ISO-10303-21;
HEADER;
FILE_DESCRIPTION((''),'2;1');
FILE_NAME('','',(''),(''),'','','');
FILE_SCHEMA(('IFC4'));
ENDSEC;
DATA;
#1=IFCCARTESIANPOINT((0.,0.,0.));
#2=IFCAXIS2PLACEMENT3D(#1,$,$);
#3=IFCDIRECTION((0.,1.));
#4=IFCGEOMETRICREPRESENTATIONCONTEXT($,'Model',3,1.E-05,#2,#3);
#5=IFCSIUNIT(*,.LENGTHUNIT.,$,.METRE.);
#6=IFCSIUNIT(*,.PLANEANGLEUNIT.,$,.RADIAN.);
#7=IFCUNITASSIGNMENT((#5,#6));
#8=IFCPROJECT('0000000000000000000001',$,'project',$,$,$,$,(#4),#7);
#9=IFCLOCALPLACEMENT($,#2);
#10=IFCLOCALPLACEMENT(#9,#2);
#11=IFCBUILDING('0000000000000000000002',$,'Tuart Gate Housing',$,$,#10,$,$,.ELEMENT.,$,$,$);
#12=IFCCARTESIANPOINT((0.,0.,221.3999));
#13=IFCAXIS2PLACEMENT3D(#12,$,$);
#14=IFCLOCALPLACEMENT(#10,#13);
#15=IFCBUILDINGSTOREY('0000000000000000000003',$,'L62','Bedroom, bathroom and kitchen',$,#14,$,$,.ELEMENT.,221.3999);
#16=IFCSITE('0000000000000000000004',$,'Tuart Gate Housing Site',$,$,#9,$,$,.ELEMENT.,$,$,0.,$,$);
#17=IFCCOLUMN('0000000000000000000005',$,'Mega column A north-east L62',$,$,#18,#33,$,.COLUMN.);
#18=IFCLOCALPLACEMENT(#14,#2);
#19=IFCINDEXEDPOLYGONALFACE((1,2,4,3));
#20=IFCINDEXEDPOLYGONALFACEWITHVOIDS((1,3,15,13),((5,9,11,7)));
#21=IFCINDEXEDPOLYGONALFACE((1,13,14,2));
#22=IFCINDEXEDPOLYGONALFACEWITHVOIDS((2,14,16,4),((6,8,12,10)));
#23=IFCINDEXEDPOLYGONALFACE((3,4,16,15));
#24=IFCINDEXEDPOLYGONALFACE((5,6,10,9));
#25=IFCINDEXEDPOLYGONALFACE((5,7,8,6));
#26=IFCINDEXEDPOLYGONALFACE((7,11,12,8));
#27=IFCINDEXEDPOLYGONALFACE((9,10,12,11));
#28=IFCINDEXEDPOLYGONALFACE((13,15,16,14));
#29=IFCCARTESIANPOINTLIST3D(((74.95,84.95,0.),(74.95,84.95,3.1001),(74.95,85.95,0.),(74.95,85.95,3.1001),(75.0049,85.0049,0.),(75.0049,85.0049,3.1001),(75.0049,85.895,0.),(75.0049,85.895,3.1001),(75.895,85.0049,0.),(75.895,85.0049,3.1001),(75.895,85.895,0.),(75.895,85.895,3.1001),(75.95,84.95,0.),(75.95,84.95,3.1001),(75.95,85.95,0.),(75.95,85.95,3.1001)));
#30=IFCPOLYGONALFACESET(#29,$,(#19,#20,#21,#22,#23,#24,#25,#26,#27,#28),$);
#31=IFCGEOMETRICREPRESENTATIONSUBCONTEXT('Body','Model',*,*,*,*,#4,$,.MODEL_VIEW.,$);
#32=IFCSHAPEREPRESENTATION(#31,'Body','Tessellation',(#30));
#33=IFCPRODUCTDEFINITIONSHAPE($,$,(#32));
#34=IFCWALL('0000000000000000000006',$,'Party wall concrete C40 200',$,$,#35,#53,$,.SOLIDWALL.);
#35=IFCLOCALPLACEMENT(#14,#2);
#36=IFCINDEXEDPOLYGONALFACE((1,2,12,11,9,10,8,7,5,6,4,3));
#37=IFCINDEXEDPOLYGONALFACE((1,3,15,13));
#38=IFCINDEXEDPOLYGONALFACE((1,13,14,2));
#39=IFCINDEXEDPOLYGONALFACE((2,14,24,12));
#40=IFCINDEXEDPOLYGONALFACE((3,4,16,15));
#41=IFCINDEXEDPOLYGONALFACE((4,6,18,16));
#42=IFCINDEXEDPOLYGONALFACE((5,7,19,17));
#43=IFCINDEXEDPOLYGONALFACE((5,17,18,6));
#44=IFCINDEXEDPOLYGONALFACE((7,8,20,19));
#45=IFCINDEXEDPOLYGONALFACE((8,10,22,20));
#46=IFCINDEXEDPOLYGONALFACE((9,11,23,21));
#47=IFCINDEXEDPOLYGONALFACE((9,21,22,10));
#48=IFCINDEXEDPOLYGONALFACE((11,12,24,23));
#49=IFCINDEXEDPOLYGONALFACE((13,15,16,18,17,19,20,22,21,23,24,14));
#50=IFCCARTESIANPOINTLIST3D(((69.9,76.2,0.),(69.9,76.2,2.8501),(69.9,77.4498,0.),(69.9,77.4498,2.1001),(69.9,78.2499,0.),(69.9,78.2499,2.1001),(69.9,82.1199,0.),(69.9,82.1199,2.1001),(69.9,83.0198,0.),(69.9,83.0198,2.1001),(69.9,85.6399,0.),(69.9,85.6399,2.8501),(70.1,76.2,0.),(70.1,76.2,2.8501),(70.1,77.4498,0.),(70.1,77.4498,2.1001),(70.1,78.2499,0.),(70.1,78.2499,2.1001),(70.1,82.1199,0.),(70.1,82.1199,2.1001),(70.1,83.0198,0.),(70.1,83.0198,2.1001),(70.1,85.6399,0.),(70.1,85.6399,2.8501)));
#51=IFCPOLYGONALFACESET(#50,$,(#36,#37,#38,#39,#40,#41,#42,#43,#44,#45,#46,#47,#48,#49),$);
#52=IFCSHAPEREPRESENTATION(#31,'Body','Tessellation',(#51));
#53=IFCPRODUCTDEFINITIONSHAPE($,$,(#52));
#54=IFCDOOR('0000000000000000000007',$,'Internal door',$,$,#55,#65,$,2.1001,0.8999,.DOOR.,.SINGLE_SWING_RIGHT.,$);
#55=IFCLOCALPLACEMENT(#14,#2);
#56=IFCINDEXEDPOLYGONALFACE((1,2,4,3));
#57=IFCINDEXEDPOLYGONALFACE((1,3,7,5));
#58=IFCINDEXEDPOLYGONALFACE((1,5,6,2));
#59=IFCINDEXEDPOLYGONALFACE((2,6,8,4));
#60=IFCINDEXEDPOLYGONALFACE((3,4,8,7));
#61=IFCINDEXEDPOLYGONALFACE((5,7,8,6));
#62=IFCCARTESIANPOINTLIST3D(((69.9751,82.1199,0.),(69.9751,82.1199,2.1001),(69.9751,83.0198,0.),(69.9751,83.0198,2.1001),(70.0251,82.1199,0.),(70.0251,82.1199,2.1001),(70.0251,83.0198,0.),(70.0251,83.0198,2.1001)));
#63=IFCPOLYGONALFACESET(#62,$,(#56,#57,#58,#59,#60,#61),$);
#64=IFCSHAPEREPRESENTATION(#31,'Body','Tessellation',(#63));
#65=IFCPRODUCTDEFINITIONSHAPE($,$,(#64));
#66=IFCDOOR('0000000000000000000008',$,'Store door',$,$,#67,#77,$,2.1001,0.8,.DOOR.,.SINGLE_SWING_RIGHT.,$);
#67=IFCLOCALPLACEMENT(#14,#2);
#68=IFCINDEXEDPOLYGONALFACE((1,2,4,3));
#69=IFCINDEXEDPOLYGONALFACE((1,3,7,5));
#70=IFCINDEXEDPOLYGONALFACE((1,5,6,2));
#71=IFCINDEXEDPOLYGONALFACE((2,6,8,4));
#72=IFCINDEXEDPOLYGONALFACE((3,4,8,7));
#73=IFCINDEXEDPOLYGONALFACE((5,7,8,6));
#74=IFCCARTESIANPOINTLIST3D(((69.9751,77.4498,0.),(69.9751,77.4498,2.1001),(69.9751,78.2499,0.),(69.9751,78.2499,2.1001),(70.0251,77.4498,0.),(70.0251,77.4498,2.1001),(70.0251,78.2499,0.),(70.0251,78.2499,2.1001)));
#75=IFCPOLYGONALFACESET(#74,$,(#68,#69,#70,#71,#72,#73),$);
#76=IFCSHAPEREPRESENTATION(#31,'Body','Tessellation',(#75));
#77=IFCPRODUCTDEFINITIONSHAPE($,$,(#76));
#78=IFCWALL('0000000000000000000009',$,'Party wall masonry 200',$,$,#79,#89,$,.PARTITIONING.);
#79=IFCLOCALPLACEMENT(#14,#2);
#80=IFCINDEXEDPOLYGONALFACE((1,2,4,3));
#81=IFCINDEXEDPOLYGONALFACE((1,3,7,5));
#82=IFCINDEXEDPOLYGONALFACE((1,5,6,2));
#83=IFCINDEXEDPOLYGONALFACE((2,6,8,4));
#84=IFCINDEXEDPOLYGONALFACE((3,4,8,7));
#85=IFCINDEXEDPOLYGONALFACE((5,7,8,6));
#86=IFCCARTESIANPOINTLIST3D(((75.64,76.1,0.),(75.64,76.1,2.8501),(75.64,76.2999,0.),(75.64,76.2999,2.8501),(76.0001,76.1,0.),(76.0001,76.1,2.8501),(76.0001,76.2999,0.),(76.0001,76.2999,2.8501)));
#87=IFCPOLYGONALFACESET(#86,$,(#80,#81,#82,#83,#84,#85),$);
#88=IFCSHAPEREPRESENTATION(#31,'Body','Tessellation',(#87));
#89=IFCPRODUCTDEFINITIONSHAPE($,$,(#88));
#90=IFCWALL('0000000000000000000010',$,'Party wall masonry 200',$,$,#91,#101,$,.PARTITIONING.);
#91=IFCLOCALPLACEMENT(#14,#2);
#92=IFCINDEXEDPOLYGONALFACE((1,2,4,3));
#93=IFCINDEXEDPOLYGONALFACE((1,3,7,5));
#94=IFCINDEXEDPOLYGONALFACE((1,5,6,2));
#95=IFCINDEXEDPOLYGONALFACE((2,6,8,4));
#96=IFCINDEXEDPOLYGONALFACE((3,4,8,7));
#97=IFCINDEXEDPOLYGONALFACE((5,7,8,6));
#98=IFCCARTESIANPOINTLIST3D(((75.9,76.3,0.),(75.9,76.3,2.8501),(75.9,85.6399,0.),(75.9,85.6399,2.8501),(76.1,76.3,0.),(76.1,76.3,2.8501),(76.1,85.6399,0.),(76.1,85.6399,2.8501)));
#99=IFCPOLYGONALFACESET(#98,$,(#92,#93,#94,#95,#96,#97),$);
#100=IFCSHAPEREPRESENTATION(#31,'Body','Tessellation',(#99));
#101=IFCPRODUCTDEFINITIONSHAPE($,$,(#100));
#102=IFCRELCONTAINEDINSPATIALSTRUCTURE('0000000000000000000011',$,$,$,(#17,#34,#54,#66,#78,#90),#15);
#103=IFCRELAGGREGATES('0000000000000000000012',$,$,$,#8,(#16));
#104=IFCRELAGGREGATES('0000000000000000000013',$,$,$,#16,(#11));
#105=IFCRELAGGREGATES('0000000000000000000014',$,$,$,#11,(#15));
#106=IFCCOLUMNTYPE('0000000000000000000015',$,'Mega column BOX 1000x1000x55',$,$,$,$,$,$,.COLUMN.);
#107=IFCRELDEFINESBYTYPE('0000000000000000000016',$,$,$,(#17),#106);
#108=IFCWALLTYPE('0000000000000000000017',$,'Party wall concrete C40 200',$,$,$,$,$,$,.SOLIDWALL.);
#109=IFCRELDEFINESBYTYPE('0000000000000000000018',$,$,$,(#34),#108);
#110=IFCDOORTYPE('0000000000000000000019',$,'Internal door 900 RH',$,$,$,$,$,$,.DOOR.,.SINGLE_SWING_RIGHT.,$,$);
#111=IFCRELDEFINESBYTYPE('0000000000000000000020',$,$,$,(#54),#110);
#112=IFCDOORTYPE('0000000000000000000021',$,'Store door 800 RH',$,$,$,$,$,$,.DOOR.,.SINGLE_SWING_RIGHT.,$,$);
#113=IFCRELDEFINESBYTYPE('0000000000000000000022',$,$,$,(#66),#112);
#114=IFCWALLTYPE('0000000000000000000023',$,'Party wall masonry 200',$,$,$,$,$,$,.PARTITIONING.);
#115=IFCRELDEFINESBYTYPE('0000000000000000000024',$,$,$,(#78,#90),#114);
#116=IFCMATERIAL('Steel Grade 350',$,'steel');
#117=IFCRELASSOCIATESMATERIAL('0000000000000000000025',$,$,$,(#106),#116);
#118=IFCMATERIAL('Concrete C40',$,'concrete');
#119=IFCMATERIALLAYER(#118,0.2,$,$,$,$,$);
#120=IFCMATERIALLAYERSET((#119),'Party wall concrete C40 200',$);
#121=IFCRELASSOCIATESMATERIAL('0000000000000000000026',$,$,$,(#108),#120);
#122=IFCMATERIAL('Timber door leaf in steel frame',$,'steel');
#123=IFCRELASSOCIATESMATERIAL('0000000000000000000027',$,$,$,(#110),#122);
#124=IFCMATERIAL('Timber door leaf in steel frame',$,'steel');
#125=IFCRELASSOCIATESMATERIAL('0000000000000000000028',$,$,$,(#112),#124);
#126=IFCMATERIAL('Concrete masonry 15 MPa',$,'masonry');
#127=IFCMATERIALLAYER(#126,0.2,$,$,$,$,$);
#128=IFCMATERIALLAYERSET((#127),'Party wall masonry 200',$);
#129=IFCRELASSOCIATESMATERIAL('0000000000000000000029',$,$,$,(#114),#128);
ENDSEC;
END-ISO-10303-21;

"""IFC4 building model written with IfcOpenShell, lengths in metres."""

from ifc_helpers import new_model, si_unit, direction, frame, frame_2d, origin, origin_2d, place, context, subcontext, project, spatial, rectangle, hollow_rectangle, extrude, material, layer, layer_set, material_profile, profile_set, type_object, element, fill, save


model = new_model("IFC4")

# Units and contexts
model_context = context("Model", 3, precision=1e-05, world=origin(), true_north=direction((0.0, 1.0)))
body_context = subcontext(model_context, "Body", "Model", "MODEL_VIEW")
ifc_project = project(units=[si_unit("LENGTHUNIT", "METRE"), si_unit("PLANEANGLEUNIT", "RADIAN")], contexts=[model_context])

# Site, building, storey
site_placement = place(None, origin())
site = spatial("IfcSite", under=ifc_project, at=site_placement, Name="Tuart Gate Housing Site", CompositionType="ELEMENT", RefElevation=0.0)
building_placement = place(site_placement, origin())
building = spatial("IfcBuilding", under=site, at=building_placement, Name="Tuart Gate Housing", CompositionType="ELEMENT")
storey_placement = place(building_placement, frame((0.0, 0.0, 221.3999)))
storey = spatial("IfcBuildingStorey", under=building, at=storey_placement, Name="L62", Description="Bedroom, bathroom and kitchen", CompositionType="ELEMENT", Elevation=221.3999)

# Column
ifc_material_1 = material(Name="Steel Grade 350", Category="steel")
ifc_material_profile = material_profile(ifc_material_1, hollow_rectangle(XDim=1.0, YDim=1.0, WallThickness=0.0549, at=origin_2d()), Name="BOX 1000x1000x55")
ifc_profile_set = profile_set([ifc_material_profile], Name="Steel Grade 350")
column_type = type_object("IfcColumnType", Name="Mega column BOX 1000x1000x55", PredefinedType="COLUMN", material=ifc_profile_set)
column_placement = place(storey_placement, frame((75.45, 85.45, 0.0), z_axis=(0.0, 0.0, 1.0), x_axis=(1.0, 0.0, 0.0)))
element("IfcColumn", 1, at=column_placement, inside=storey, type_object=column_type, Name="Mega column A north-east L62", PredefinedType="COLUMN", context=body_context, shape_type="SweptSolid", body=[
    extrude(hollow_rectangle(XDim=1.0, YDim=1.0, WallThickness=0.0549, at=origin_2d()), origin(), (0.0, 0.0, 1.0), 3.1001),
])

# Wall, openings, doors
ifc_material_2 = material(Name="Concrete C40", Category="concrete")
ifc_layer_1 = layer(ifc_material_2, 0.2)
ifc_layer_set_1 = layer_set([ifc_layer_1], Name="Party wall concrete C40 200")
wall_type_1 = type_object("IfcWallType", Name="Party wall concrete C40 200", PredefinedType="SOLIDWALL", material=ifc_layer_set_1)
wall_1_placement = place(storey_placement, frame((70.0, 76.2, 0.0), z_axis=(0.0, 0.0, 1.0), x_axis=(0.0, 1.0, 0.0)))
wall_1 = element("IfcWall", 2, at=wall_1_placement, inside=storey, type_object=wall_type_1, Name="Party wall concrete C40 200", PredefinedType="SOLIDWALL", context=body_context, shape_type="SweptSolid", body=[
    extrude(rectangle(XDim=9.4399, YDim=0.2, at=frame_2d((4.72, 0.0))), origin(), (0.0, 0.0, 1.0), 2.8501),
])
opening_1_placement = place(wall_1_placement, frame((5.9199, 0.0, 0.0)))
opening_1 = element("IfcOpeningElement", 3, at=opening_1_placement, cuts=wall_1, PredefinedType="OPENING", context=body_context, shape_type="SweptSolid", body=[
    extrude(rectangle(XDim=0.8999, YDim=2.1001, at=frame_2d((0.45, 1.05))), frame((0.0, 0.1099, 0.0), z_axis=(0.0, -1.0, 0.0), x_axis=(1.0, 0.0, 0.0)), (0.0, 0.0, 1.0), 0.22),
])
opening_2_placement = place(wall_1_placement, frame((1.25, 0.0, 0.0)))
opening_2 = element("IfcOpeningElement", 4, at=opening_2_placement, cuts=wall_1, PredefinedType="OPENING", context=body_context, shape_type="SweptSolid", body=[
    extrude(rectangle(XDim=0.8, YDim=2.1001, at=frame_2d((0.3999, 1.05))), frame((0.0, 0.1099, 0.0), z_axis=(0.0, -1.0, 0.0), x_axis=(1.0, 0.0, 0.0)), (0.0, 0.0, 1.0), 0.22),
])
ifc_material_3 = material(Name="Timber door leaf in steel frame", Category="steel")
door_type_1 = type_object("IfcDoorType", Name="Internal door 900 RH", OperationType="SINGLE_SWING_RIGHT", PredefinedType="DOOR", material=ifc_material_3)
door_1_placement = place(opening_1_placement, frame((0.8999, 0.0, 0.0), z_axis=(0.0, 0.0, 1.0), x_axis=(-1.0, 0.0, 0.0)))
door_1 = element("IfcDoor", 5, at=door_1_placement, inside=storey, type_object=door_type_1, Name="Internal door", OperationType="SINGLE_SWING_RIGHT", OverallHeight=2.1001, OverallWidth=0.8999, PredefinedType="DOOR", context=body_context, shape_type="SweptSolid", body=[
    extrude(rectangle(XDim=0.8999, YDim=2.1001, at=frame_2d((0.45, 1.05))), frame((0.0, 0.0251, 0.0), z_axis=(0.0, -1.0, 0.0), x_axis=(1.0, 0.0, 0.0)), (0.0, 0.0, 1.0), 0.05),
])
fill(opening_1, door_1)
ifc_material_4 = material(Name="Timber door leaf in steel frame", Category="steel")
door_type_2 = type_object("IfcDoorType", Name="Store door 800 RH", OperationType="SINGLE_SWING_RIGHT", PredefinedType="DOOR", material=ifc_material_4)
door_2_placement = place(opening_2_placement, frame((0.8, 0.0, 0.0), z_axis=(0.0, 0.0, 1.0), x_axis=(-1.0, 0.0, 0.0)))
door_2 = element("IfcDoor", 6, at=door_2_placement, inside=storey, type_object=door_type_2, Name="Store door", OperationType="SINGLE_SWING_RIGHT", OverallHeight=2.1001, OverallWidth=0.8, PredefinedType="DOOR", context=body_context, shape_type="SweptSolid", body=[
    extrude(rectangle(XDim=0.8, YDim=2.1001, at=frame_2d((0.4001, 1.05))), frame((0.0, 0.0251, 0.0), z_axis=(0.0, -1.0, 0.0), x_axis=(1.0, 0.0, 0.0)), (0.0, 0.0, 1.0), 0.05),
])
fill(opening_2, door_2)

# Walls
ifc_material_5 = material(Name="Concrete masonry 15 MPa", Category="masonry")
ifc_layer_2 = layer(ifc_material_5, 0.2)
ifc_layer_set_2 = layer_set([ifc_layer_2], Name="Party wall masonry 200")
wall_type_2 = type_object("IfcWallType", Name="Party wall masonry 200", PredefinedType="PARTITIONING", material=ifc_layer_set_2)
wall_2_placement = place(storey_placement, frame((75.6399, 76.2, 0.0), z_axis=(0.0, 0.0, 1.0), x_axis=(1.0, 0.0, 0.0)))
element("IfcWall", 7, at=wall_2_placement, inside=storey, type_object=wall_type_2, Name="Party wall masonry 200", PredefinedType="PARTITIONING", context=body_context, shape_type="SweptSolid", body=[
    extrude(rectangle(XDim=0.3601, YDim=0.2, at=frame_2d((0.1802, 0.0))), origin(), (0.0, 0.0, 1.0), 2.8501),
])
wall_3_placement = place(storey_placement, frame((76.0, 76.3, 0.0), z_axis=(0.0, 0.0, 1.0), x_axis=(0.0, 1.0, 0.0)))
element("IfcWall", 8, at=wall_3_placement, inside=storey, type_object=wall_type_2, Name="Party wall masonry 200", PredefinedType="PARTITIONING", context=body_context, shape_type="SweptSolid", body=[
    extrude(rectangle(XDim=9.3398, YDim=0.2, at=frame_2d((4.6699, 0.0))), origin(), (0.0, 0.0, 1.0), 2.8501),
])

save(model, "model.ifc")
